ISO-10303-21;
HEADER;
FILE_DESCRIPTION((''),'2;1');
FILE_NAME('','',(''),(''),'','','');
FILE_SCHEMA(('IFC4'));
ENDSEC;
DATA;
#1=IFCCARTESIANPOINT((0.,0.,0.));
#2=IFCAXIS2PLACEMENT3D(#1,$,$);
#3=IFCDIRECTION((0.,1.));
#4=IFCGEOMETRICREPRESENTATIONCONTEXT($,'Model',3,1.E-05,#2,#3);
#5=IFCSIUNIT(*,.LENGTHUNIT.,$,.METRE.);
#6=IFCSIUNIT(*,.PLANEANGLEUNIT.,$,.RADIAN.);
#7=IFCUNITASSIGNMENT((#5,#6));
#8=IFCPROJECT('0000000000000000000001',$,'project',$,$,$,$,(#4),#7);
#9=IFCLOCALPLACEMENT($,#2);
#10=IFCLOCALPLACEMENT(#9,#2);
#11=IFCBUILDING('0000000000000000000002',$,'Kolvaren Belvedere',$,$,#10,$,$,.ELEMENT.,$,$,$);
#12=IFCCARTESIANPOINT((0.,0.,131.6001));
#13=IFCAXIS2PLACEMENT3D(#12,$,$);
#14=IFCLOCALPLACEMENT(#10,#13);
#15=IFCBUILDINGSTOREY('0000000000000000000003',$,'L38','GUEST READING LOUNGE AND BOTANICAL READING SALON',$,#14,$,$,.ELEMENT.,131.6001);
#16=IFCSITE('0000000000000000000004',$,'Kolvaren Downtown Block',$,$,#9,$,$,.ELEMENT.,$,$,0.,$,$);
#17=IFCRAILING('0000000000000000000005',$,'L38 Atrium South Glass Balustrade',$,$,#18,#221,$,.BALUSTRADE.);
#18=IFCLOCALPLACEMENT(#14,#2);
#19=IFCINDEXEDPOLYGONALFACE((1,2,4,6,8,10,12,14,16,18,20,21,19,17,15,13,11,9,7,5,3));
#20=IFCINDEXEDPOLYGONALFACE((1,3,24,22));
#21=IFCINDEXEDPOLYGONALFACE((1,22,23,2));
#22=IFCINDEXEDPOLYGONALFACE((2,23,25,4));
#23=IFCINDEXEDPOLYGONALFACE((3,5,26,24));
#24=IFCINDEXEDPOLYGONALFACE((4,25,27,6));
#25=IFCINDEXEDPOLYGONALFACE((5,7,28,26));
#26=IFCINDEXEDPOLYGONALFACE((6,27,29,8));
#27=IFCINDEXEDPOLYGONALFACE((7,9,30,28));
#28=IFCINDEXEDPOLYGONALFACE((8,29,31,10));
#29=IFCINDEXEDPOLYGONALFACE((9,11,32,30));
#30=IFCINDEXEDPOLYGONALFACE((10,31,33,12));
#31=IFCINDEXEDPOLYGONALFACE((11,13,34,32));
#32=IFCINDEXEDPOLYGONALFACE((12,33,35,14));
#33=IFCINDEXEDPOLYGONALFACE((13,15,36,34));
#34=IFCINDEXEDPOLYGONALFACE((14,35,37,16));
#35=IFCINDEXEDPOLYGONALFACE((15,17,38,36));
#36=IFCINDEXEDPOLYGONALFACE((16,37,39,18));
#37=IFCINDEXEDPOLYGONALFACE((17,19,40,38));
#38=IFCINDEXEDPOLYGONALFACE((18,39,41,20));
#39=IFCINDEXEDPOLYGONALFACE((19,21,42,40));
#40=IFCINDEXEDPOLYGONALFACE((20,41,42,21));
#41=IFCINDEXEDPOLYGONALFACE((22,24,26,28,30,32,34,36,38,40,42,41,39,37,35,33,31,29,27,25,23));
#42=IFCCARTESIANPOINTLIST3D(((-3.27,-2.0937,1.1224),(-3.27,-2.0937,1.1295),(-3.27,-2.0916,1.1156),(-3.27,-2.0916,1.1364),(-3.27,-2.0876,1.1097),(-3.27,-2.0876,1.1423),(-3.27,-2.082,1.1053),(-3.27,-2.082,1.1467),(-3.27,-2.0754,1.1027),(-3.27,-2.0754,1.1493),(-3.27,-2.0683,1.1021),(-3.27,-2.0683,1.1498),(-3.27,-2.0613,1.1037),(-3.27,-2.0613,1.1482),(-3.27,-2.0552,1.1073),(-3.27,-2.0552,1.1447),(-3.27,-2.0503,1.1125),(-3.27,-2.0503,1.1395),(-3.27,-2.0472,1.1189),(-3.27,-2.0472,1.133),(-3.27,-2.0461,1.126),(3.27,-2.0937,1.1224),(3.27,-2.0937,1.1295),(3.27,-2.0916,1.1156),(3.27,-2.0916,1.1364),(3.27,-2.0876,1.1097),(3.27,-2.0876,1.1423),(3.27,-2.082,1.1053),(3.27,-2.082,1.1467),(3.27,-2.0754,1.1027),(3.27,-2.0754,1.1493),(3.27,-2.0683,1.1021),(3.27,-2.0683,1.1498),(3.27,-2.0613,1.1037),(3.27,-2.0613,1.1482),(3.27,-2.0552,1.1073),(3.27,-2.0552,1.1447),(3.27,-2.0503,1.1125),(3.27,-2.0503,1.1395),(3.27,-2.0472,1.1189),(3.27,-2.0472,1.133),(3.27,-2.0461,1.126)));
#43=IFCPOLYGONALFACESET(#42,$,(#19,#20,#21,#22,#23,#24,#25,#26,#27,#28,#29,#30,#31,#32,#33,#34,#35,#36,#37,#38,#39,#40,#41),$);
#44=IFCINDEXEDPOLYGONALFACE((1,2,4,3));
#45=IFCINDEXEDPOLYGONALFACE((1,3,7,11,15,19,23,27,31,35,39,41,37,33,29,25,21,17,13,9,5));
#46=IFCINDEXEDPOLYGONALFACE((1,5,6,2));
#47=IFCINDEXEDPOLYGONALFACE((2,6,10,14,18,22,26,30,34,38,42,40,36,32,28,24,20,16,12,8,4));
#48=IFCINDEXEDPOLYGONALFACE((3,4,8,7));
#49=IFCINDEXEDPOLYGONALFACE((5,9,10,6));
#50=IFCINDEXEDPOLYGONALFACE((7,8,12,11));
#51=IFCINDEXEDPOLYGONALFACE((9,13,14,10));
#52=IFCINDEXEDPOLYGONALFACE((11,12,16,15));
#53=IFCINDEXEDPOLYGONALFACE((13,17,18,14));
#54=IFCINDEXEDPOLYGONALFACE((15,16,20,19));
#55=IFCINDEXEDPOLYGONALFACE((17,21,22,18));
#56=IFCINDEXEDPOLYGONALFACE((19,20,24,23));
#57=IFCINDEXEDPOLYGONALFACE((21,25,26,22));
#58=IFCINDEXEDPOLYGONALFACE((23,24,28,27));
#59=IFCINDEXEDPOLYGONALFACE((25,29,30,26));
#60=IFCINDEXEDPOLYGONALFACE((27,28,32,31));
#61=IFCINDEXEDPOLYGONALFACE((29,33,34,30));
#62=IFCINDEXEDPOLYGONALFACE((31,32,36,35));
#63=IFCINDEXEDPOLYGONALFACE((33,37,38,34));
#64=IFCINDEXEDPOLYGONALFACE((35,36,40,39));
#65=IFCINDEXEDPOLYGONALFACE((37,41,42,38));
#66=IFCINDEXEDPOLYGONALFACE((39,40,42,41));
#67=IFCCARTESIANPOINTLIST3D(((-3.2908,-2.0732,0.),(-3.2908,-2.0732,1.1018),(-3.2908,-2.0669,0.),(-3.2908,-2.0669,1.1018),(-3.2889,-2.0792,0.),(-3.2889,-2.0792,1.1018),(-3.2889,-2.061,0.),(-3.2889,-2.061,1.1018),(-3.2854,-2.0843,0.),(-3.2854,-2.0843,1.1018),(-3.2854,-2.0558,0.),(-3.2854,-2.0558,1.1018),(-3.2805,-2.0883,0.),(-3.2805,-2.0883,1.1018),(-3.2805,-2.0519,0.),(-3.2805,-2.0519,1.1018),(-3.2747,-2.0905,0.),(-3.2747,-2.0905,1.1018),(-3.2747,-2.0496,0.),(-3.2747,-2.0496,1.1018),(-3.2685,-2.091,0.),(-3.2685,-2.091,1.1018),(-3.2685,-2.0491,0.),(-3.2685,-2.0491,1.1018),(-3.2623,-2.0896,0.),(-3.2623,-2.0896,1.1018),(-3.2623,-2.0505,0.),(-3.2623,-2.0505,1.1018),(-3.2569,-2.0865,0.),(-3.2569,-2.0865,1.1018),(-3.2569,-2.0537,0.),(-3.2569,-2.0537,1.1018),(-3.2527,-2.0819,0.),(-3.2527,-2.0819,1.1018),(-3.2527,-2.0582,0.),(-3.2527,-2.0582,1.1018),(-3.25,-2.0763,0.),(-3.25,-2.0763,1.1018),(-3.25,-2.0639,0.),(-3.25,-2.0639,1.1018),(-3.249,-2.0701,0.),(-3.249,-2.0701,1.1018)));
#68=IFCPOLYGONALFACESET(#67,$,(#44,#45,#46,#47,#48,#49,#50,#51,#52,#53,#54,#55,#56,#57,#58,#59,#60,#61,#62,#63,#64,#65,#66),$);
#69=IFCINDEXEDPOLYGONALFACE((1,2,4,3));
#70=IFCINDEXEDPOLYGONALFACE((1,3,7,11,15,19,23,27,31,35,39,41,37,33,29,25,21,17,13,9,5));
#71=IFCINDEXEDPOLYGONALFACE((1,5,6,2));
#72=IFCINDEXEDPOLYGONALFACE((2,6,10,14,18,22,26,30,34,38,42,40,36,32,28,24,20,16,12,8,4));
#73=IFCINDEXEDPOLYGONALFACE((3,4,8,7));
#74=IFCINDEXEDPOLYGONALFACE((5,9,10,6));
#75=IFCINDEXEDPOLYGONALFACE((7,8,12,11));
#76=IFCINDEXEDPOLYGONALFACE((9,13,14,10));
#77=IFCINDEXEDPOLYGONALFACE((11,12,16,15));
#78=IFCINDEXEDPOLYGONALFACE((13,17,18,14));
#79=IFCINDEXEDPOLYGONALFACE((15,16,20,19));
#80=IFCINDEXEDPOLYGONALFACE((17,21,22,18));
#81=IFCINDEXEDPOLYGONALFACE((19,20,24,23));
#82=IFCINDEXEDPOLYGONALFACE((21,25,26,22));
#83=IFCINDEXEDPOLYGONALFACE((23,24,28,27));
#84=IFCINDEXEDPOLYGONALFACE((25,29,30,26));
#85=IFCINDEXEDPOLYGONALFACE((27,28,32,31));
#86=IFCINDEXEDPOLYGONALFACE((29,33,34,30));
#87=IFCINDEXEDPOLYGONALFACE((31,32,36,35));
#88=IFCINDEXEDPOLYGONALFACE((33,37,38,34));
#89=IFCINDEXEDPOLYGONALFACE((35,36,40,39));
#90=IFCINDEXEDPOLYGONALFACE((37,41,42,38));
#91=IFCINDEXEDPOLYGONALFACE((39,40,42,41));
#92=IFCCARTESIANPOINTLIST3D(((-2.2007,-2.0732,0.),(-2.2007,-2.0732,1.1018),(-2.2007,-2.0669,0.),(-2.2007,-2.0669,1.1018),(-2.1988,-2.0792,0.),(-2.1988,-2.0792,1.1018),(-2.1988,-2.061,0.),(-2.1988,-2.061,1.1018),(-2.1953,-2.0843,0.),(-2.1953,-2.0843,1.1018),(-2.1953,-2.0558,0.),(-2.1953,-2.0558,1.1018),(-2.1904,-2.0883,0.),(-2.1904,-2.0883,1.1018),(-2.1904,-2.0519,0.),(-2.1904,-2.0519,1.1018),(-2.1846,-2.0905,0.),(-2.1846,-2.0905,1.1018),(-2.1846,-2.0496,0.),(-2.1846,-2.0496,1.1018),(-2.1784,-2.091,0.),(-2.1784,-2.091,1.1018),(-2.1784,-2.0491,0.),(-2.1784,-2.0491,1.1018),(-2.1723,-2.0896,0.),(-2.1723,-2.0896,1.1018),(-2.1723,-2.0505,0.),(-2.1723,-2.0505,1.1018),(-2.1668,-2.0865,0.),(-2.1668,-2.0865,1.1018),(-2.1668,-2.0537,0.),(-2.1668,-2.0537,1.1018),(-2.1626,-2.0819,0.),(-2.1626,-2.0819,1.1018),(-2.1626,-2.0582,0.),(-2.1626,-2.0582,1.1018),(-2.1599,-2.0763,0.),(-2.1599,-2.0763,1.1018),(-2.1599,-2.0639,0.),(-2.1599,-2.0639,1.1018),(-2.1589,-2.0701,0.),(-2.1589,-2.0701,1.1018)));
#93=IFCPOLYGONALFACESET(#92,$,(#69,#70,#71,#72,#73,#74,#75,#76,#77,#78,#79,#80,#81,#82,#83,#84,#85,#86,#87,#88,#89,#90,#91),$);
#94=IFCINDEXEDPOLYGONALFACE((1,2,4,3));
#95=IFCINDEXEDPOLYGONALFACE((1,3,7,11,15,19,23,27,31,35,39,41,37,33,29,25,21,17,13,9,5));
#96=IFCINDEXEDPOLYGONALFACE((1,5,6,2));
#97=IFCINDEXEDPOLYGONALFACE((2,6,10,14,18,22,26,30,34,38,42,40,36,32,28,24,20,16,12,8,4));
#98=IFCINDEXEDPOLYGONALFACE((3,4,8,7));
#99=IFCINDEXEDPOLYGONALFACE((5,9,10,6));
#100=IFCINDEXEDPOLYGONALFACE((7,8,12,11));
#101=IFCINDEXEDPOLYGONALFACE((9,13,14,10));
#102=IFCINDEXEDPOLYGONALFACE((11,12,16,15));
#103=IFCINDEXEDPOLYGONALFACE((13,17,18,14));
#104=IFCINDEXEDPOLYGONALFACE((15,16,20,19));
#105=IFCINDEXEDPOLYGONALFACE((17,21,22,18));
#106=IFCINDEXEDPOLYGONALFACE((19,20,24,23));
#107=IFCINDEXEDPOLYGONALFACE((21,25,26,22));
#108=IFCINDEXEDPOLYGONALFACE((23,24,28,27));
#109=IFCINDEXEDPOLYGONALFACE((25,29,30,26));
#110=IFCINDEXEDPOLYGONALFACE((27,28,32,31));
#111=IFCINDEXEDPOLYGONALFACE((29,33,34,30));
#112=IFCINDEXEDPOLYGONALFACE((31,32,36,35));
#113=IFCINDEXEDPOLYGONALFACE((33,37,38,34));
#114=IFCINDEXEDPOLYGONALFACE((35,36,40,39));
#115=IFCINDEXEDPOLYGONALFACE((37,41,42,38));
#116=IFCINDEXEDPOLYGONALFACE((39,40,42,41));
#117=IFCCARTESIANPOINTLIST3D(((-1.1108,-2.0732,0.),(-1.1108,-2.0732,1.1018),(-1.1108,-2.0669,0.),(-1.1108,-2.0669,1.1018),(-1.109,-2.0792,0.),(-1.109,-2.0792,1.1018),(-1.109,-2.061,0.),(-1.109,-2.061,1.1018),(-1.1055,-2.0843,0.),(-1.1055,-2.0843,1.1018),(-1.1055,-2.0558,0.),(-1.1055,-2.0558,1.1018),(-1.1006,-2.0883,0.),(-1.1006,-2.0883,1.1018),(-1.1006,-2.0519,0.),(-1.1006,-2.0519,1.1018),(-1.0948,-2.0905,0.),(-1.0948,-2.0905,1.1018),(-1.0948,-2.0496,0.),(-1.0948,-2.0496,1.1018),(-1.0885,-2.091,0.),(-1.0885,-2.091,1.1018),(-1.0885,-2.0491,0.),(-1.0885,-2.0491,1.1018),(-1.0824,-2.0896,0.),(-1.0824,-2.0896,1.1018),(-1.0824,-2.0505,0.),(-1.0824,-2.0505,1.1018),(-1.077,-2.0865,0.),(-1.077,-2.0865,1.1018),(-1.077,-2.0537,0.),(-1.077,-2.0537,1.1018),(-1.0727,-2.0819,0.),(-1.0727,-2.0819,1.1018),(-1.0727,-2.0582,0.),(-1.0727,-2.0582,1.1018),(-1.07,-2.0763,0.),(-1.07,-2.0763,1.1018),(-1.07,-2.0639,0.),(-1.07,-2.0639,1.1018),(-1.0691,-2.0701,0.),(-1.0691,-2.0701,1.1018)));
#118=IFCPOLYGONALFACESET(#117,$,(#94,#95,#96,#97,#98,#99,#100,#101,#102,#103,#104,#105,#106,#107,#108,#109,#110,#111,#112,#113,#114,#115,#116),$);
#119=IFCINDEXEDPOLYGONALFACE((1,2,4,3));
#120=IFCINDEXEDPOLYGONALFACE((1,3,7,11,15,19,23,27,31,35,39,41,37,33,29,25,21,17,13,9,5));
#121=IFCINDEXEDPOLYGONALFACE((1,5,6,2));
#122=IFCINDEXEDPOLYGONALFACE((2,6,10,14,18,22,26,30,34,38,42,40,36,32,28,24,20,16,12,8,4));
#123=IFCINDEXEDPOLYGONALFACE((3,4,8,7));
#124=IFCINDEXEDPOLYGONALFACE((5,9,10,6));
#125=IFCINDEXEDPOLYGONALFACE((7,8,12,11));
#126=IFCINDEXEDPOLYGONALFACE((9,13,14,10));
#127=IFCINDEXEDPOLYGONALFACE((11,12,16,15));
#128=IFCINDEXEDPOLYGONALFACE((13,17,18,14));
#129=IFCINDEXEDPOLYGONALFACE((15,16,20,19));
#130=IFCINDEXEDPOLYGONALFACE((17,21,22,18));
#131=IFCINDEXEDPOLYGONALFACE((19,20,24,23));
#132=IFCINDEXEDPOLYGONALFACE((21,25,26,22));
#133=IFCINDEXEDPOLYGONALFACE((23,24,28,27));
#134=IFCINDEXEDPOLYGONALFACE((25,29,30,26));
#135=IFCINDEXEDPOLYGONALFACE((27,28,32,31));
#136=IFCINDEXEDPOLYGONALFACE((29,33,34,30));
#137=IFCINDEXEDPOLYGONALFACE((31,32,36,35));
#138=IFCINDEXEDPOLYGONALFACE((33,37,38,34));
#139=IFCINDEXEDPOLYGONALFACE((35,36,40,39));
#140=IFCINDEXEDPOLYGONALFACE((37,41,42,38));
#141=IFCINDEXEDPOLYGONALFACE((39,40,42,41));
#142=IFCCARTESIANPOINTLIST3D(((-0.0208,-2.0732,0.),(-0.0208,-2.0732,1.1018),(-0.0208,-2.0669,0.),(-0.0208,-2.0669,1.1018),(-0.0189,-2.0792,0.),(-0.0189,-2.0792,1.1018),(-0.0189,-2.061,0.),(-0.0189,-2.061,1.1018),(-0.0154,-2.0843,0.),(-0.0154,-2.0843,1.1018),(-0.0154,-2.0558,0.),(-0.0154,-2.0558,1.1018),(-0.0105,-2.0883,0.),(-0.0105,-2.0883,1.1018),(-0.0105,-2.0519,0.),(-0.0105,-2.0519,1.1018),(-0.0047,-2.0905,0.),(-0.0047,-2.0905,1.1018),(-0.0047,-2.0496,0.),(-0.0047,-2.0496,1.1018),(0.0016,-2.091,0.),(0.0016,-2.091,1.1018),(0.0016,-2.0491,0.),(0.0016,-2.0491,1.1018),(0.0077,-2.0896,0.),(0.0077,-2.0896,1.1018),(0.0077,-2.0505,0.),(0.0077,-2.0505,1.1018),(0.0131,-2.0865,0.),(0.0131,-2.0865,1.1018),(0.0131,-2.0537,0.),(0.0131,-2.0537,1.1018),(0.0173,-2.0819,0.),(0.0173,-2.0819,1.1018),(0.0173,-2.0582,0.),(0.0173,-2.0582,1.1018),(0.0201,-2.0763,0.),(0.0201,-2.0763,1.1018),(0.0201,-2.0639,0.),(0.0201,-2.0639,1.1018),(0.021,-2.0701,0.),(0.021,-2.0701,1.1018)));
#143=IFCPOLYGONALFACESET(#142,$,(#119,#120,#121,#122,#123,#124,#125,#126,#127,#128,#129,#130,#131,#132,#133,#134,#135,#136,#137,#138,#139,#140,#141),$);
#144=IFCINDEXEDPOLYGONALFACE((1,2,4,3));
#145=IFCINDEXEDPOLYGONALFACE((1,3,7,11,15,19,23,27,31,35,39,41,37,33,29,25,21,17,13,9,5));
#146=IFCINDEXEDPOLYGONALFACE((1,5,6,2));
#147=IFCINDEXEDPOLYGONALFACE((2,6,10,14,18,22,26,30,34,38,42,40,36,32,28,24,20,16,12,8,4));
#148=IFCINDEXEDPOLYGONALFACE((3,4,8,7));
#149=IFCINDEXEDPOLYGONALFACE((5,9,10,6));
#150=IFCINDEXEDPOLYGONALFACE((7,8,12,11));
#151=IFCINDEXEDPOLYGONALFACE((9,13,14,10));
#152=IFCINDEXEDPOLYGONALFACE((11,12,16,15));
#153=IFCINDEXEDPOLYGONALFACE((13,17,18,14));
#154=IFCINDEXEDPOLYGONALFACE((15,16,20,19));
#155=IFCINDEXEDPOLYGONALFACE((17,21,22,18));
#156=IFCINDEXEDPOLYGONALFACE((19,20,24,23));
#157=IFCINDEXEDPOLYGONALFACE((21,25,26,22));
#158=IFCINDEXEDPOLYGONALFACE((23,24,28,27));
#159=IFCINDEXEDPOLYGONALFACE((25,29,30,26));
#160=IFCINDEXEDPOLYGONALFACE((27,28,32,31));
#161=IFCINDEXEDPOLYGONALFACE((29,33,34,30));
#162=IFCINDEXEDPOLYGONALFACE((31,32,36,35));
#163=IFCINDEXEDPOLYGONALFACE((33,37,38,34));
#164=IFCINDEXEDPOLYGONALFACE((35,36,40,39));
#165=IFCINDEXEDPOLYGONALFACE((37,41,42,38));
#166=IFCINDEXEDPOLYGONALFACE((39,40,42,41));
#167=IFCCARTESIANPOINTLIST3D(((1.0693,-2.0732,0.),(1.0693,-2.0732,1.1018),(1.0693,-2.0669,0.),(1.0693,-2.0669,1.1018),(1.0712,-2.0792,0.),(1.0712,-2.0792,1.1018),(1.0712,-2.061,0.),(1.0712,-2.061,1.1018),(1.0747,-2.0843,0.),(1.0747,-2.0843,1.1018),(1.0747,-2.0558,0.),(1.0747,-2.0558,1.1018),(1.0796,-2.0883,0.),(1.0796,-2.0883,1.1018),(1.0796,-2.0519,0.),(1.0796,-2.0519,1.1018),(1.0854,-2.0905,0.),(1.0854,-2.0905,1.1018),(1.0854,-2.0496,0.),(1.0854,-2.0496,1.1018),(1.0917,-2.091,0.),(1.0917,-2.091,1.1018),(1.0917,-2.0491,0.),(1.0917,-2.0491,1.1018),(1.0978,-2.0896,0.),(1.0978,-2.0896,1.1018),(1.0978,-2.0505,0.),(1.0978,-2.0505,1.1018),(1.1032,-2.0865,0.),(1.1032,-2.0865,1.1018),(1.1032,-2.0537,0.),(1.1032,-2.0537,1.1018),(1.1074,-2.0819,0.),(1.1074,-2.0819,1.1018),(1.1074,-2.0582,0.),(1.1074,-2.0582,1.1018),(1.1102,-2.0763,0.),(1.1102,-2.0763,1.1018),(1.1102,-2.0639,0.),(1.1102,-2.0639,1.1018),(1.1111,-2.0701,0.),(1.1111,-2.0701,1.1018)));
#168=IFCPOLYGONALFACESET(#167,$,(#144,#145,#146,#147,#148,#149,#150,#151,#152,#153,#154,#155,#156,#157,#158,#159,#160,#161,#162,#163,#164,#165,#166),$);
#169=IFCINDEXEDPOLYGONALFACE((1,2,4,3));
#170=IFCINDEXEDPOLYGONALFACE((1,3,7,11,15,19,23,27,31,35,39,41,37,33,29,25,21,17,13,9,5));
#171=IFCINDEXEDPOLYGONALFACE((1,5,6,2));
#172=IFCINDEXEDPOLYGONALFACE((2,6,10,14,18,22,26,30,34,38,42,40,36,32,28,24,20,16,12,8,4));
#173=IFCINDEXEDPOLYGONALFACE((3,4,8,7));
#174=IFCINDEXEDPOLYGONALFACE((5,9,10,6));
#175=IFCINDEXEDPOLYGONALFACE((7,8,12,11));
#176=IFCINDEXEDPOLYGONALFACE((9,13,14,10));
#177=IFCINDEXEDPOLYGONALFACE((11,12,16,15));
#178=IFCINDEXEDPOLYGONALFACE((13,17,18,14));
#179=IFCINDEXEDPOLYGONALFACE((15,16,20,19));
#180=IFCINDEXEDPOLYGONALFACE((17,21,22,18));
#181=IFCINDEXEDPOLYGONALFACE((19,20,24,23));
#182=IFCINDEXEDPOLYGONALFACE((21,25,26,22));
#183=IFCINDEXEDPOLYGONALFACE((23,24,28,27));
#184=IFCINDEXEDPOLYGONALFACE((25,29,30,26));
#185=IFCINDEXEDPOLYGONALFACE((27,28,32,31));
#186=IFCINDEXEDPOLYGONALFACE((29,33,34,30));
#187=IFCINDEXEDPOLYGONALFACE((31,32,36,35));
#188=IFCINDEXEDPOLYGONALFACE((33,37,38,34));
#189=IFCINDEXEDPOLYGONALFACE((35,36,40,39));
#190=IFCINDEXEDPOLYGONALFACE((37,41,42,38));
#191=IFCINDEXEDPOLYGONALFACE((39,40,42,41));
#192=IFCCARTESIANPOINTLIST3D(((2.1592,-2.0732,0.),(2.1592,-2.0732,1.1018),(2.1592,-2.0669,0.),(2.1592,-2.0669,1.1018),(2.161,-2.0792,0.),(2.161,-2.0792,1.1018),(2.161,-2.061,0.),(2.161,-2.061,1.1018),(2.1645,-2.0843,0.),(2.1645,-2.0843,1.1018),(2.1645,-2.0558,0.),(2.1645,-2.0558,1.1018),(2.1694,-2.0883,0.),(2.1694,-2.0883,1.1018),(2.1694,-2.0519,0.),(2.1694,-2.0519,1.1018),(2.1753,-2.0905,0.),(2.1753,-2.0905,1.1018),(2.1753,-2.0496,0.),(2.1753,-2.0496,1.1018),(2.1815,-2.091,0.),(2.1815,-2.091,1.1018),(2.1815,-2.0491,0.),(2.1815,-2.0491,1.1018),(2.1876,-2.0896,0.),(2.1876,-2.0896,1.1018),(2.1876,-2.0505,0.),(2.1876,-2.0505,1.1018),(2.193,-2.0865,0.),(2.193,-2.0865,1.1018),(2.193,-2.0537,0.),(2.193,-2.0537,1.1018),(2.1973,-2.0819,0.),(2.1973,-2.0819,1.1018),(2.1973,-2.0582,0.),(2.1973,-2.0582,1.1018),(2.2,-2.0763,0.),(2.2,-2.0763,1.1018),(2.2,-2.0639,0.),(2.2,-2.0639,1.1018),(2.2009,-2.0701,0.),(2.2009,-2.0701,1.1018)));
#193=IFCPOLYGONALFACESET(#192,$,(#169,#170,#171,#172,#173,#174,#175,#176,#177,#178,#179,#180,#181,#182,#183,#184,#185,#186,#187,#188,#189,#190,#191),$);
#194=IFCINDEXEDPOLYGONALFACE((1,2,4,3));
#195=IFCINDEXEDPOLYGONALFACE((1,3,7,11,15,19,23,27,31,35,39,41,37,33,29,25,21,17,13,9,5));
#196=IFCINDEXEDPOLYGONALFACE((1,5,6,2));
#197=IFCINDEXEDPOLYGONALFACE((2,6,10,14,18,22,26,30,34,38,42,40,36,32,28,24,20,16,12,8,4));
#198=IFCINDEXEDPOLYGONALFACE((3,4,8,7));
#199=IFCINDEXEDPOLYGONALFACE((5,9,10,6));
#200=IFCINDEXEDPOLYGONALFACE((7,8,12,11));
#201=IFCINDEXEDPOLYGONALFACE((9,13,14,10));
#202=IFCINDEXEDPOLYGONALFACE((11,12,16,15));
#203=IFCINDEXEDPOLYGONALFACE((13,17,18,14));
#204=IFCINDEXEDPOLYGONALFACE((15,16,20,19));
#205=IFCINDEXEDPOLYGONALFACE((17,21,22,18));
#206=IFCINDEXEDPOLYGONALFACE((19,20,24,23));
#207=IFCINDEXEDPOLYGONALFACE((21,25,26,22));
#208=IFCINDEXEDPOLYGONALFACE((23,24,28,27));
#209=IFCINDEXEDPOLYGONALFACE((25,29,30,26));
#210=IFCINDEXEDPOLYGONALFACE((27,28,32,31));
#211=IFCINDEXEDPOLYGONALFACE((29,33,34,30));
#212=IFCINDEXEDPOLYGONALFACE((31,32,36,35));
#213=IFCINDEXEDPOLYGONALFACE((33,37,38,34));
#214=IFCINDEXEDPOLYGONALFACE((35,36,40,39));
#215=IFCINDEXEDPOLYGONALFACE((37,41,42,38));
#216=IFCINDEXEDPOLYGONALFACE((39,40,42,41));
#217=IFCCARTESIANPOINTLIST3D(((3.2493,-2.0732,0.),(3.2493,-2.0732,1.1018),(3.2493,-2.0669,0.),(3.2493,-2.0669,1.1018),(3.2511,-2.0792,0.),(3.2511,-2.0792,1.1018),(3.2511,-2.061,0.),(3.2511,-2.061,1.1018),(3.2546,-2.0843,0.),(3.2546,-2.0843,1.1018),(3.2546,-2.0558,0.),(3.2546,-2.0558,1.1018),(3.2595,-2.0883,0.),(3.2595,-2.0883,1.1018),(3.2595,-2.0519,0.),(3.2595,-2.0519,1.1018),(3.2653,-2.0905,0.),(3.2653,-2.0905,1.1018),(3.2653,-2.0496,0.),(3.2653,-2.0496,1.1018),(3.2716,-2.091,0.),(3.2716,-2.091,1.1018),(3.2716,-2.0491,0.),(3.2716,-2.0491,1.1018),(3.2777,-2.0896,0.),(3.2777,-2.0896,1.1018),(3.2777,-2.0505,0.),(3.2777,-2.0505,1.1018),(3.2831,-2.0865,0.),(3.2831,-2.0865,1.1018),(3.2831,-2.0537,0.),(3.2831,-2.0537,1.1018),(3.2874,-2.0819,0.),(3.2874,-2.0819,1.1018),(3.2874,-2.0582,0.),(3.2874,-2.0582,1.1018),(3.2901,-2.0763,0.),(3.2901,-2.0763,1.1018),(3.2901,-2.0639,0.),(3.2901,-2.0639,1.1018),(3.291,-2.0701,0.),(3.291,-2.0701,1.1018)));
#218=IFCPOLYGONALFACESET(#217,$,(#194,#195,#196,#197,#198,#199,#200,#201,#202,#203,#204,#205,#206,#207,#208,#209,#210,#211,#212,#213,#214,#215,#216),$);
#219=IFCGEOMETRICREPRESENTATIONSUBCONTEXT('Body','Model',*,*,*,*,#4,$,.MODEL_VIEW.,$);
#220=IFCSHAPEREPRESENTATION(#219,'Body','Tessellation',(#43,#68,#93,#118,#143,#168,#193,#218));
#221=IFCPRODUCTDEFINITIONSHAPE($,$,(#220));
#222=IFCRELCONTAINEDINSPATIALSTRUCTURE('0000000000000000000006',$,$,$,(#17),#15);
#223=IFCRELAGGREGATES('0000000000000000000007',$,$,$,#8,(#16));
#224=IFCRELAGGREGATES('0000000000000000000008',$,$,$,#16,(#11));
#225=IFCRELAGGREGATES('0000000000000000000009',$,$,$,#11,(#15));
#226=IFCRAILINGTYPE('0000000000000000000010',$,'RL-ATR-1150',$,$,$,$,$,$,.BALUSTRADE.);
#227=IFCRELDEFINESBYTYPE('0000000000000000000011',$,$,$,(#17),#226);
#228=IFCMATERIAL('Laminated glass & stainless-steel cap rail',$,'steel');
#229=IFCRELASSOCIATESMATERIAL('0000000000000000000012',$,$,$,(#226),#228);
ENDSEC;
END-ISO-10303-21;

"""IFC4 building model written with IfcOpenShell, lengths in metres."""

from ifc_helpers import new_model, si_unit, direction, frame, origin, origin_2d, place, context, subcontext, project, spatial, circle, extrude, material, type_object, element, save


model = new_model("IFC4")

# Units and contexts
model_context = context("Model", 3, precision=1e-05, world=origin(), true_north=direction((0.0, 1.0)))
body_context = subcontext(model_context, "Body", "Model", "MODEL_VIEW")
ifc_project = project(units=[si_unit("LENGTHUNIT", "METRE"), si_unit("PLANEANGLEUNIT", "RADIAN")], contexts=[model_context])

# Site, building, storey
site_placement = place(None, origin())
site = spatial("IfcSite", under=ifc_project, at=site_placement, Name="Kolvaren Downtown Block", CompositionType="ELEMENT", RefElevation=0.0)
building_placement = place(site_placement, origin())
building = spatial("IfcBuilding", under=site, at=building_placement, Name="Kolvaren Belvedere", CompositionType="ELEMENT")
storey_placement = place(building_placement, frame((0.0, 0.0, 131.6001)))
storey = spatial("IfcBuildingStorey", under=building, at=storey_placement, Name="L38", Description="GUEST READING LOUNGE AND BOTANICAL READING SALON", CompositionType="ELEMENT", Elevation=131.6001)

# Railing
ifc_material_1 = material(Name="Laminated glass & stainless-steel cap rail", Category="steel")
railing_type_1 = type_object("IfcRailingType", Name="RL-ATR-1150", PredefinedType="BALUSTRADE", material=ifc_material_1)
railing_1_placement = place(storey_placement, frame((-3.27, -2.0701, 0.0)))
element("IfcRailing", 1, at=railing_1_placement, inside=storey, type_object=railing_type_1, Name="L38 Atrium South Glass Balustrade", PredefinedType="BALUSTRADE", context=body_context, shape_type="SweptSolid", body=[
    extrude(circle(Radius=0.0239, at=origin_2d()), frame((0.0, 0.0, 1.126), z_axis=(1.0, 0.0, 0.0), x_axis=(0.0, 1.0, 0.0)), (0.0, 0.0, 1.0), 6.54),
    extrude(circle(Radius=0.021, at=origin_2d()), origin(), (0.0, 0.0, 1.0), 1.1018),
    extrude(circle(Radius=0.021, at=origin_2d()), frame((1.0901, 0.0, 0.0)), (0.0, 0.0, 1.0), 1.1018),
    extrude(circle(Radius=0.021, at=origin_2d()), frame((2.1799, 0.0, 0.0)), (0.0, 0.0, 1.0), 1.1018),
    extrude(circle(Radius=0.021, at=origin_2d()), frame((3.27, 0.0, 0.0)), (0.0, 0.0, 1.0), 1.1018),
    extrude(circle(Radius=0.021, at=origin_2d()), frame((4.3601, 0.0, 0.0)), (0.0, 0.0, 1.0), 1.1018),
    extrude(circle(Radius=0.021, at=origin_2d()), frame((5.45, 0.0, 0.0)), (0.0, 0.0, 1.0), 1.1018),
    extrude(circle(Radius=0.021, at=origin_2d()), frame((6.54, 0.0, 0.0)), (0.0, 0.0, 1.0), 1.1018),
])

save(model, "model.ifc")
